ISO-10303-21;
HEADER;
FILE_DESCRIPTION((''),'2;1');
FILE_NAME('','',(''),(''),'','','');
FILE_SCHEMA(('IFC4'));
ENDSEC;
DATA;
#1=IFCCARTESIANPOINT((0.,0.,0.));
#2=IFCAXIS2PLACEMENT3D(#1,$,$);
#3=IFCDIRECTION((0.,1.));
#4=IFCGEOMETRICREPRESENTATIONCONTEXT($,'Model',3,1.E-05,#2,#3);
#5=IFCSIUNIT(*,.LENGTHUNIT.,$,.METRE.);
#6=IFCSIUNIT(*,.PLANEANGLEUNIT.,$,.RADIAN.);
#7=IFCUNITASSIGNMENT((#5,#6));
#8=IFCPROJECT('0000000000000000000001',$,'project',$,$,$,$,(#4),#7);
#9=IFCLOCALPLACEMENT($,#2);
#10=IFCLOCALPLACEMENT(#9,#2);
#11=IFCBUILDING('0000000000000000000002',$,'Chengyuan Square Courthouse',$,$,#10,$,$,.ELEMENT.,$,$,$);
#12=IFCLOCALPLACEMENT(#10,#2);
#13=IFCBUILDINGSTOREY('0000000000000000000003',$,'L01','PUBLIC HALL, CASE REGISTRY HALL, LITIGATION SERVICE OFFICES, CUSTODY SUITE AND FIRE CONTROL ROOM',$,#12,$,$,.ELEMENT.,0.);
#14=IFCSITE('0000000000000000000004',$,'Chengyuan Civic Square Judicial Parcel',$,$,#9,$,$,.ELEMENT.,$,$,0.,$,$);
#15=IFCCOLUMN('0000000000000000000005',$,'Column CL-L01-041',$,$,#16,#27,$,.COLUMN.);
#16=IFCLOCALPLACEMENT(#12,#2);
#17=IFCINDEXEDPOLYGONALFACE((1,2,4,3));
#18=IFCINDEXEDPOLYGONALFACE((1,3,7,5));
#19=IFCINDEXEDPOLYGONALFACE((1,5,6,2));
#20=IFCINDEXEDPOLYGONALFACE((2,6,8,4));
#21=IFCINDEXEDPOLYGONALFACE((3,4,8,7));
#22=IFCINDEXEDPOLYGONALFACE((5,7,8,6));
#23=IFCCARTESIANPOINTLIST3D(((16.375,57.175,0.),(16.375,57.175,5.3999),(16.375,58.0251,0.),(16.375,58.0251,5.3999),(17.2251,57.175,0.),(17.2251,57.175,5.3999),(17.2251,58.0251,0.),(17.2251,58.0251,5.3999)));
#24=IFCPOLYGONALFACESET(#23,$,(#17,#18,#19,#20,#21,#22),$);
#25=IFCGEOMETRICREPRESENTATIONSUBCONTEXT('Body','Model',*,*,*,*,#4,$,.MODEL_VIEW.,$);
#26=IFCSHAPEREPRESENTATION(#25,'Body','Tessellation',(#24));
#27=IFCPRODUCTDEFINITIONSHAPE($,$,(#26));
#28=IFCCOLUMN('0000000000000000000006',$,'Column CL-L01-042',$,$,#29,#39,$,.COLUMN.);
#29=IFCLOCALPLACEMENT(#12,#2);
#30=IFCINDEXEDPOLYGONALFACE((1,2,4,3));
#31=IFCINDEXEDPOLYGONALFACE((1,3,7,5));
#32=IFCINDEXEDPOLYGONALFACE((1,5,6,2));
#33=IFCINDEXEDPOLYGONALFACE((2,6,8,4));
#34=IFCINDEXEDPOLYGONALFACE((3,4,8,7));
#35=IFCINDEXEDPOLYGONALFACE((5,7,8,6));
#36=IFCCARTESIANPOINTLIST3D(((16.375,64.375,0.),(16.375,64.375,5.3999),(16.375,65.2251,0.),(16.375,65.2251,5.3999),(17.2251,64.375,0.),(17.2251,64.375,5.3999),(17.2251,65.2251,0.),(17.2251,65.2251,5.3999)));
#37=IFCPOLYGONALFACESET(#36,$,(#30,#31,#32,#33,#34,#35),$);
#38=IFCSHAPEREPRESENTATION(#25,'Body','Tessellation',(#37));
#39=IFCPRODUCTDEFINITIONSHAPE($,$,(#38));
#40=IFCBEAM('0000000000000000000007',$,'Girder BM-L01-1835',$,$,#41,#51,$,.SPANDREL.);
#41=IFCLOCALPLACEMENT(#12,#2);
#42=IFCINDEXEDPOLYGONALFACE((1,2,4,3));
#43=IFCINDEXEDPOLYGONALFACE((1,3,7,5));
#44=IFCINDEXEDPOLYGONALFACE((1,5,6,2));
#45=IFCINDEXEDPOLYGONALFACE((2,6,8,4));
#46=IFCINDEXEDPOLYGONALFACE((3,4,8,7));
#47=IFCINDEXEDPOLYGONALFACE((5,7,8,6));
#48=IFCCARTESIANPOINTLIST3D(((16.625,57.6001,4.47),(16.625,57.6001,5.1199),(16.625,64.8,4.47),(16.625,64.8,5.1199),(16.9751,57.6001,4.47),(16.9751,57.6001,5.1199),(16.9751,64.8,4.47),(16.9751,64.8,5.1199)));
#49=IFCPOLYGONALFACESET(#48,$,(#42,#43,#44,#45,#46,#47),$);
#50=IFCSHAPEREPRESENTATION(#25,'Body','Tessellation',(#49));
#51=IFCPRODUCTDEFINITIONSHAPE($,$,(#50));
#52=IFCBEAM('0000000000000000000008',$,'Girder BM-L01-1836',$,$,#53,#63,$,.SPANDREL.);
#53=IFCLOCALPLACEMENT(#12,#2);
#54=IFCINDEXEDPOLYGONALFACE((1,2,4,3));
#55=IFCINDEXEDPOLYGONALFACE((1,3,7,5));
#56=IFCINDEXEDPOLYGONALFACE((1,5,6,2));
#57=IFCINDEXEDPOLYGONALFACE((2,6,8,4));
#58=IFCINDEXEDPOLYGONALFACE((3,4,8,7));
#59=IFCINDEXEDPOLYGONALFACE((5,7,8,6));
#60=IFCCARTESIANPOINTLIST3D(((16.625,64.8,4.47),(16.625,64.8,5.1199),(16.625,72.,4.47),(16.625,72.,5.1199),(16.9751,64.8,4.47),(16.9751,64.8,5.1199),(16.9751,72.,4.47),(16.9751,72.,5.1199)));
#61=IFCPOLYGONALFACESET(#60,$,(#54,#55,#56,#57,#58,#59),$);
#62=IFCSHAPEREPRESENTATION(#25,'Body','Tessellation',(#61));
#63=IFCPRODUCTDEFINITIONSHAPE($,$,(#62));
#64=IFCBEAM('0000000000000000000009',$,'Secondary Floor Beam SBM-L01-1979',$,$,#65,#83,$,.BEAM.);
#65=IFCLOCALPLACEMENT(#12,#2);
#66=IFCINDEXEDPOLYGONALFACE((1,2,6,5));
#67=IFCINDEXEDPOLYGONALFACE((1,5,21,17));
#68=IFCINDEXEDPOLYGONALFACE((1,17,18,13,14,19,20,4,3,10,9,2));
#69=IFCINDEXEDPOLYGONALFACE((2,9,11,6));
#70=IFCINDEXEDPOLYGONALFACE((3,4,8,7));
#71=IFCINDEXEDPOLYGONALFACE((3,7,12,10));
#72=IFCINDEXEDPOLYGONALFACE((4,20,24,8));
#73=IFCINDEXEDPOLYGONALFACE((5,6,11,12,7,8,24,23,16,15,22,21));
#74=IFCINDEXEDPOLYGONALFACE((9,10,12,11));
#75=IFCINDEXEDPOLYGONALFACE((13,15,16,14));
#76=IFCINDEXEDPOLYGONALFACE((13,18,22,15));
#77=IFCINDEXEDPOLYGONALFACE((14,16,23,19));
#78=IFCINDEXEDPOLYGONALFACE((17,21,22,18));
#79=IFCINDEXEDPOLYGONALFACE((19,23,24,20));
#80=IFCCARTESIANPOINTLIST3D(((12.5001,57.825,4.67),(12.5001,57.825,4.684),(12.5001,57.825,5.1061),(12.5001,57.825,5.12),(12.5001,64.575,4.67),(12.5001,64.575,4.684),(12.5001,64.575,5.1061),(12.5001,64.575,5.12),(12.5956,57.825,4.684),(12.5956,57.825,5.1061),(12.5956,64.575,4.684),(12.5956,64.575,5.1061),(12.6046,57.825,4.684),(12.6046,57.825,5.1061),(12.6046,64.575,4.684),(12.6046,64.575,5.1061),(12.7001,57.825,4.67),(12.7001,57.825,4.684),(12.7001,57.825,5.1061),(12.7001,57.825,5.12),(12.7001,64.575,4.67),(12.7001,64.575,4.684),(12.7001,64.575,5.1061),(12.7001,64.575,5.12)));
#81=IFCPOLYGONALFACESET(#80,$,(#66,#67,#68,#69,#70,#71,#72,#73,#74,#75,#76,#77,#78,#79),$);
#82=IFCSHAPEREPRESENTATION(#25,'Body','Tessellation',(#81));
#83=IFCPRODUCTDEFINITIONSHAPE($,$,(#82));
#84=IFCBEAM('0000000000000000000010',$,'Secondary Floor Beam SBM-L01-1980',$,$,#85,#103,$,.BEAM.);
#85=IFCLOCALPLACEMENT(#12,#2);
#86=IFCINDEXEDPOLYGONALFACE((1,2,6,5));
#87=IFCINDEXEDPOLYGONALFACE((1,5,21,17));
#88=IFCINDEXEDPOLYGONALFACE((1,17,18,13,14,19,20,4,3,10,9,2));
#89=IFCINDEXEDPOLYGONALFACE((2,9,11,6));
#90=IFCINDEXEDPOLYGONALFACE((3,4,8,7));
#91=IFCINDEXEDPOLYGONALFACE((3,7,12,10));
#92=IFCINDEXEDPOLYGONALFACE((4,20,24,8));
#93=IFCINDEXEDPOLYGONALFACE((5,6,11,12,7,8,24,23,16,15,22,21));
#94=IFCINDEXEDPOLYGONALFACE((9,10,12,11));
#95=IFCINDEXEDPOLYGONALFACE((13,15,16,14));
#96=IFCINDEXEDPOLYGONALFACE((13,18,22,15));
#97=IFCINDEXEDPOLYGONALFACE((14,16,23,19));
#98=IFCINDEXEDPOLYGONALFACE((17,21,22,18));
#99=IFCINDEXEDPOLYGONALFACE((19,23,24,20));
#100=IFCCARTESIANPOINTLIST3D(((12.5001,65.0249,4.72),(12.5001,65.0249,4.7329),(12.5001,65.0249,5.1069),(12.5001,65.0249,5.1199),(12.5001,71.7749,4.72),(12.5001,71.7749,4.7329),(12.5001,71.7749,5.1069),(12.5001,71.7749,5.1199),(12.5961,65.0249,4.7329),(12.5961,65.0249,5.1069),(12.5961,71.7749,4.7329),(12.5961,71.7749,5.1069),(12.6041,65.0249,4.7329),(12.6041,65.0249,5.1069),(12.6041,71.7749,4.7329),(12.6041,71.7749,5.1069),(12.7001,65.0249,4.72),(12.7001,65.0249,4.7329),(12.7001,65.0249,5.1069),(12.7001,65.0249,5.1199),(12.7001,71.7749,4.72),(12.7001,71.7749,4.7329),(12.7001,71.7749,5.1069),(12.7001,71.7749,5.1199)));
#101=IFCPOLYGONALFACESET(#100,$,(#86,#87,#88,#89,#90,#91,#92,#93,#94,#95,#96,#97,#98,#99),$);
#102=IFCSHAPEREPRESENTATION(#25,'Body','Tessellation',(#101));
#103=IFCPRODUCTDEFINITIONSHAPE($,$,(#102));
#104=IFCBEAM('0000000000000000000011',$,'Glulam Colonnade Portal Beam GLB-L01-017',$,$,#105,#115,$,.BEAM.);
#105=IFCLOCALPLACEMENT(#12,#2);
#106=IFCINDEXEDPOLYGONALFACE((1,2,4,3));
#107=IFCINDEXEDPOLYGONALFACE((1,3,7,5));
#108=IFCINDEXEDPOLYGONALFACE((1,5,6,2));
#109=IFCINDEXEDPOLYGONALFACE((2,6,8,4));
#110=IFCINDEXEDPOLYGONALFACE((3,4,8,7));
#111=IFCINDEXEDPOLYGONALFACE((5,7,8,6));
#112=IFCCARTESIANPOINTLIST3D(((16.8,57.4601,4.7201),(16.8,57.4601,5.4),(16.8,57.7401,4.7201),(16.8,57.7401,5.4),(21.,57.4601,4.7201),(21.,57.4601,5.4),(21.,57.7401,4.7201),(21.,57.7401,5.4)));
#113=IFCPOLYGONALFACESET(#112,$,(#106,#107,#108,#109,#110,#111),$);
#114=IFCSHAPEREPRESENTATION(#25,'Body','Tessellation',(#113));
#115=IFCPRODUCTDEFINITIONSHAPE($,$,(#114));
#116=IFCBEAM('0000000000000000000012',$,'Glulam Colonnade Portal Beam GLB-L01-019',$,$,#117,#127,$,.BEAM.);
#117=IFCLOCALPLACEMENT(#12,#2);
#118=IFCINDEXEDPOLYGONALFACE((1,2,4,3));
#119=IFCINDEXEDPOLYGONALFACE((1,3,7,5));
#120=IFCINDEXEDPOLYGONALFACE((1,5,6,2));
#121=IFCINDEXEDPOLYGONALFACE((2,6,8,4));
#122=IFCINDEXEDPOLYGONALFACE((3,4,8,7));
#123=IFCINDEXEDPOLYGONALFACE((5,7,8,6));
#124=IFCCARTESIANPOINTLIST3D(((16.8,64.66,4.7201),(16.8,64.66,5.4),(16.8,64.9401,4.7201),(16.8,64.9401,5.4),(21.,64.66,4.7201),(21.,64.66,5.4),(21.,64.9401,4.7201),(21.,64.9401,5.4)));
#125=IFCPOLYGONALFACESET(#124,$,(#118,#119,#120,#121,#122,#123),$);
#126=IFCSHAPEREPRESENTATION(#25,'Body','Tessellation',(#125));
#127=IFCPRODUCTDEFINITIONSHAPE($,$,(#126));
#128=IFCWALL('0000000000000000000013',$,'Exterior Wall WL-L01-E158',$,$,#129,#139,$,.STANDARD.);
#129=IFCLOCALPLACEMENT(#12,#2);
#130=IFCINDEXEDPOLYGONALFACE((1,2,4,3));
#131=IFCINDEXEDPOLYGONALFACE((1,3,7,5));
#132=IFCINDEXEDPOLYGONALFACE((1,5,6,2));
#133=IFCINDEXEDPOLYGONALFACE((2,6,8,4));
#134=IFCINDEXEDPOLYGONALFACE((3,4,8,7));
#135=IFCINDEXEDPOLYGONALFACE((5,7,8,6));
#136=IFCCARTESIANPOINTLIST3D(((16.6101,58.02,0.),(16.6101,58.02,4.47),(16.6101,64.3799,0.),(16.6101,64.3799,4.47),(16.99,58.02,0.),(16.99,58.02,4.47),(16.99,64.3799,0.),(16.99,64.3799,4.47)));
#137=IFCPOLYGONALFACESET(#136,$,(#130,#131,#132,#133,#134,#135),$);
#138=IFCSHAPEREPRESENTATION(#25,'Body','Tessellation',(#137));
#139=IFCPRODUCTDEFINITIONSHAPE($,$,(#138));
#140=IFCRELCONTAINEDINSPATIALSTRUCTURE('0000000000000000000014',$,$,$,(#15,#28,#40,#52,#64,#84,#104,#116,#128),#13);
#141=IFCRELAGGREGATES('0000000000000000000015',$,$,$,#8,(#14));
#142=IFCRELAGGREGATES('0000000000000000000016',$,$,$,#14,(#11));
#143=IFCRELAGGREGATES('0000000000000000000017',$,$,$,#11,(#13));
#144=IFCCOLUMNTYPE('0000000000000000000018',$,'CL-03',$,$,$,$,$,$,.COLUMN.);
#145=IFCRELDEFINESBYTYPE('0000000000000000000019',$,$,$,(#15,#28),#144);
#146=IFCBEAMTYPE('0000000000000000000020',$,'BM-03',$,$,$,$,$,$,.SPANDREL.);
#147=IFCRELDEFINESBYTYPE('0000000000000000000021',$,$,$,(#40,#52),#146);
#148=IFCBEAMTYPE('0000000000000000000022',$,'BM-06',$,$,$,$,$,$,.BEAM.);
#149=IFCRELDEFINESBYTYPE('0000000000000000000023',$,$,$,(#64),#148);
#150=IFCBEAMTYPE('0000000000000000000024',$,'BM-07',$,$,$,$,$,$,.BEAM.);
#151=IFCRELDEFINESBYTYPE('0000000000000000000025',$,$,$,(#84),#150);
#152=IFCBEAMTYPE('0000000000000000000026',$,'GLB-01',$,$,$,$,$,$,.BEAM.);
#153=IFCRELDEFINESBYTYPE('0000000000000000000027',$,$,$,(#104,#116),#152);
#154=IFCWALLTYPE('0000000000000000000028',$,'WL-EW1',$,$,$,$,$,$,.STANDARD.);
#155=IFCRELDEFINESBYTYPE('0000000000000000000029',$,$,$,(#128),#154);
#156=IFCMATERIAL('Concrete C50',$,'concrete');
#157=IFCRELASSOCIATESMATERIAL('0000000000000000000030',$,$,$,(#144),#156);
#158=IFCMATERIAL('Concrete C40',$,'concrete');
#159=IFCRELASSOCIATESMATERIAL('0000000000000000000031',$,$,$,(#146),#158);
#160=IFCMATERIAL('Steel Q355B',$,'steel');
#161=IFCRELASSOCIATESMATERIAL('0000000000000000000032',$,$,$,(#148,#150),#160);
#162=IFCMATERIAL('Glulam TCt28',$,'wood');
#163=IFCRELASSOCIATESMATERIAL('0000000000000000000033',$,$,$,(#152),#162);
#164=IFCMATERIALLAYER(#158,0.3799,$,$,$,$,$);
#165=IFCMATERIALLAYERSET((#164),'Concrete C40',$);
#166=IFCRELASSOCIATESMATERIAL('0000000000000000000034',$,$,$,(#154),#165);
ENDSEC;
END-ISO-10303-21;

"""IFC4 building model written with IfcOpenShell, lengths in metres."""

from ifc_helpers import new_model, si_unit, direction, frame, frame_2d, origin, origin_2d, place, context, subcontext, project, spatial, rectangle, i_section, extrude, material, layer, layer_set, material_profile, profile_set, type_object, element, save


model = new_model("IFC4")

# Units and contexts
model_context = context("Model", 3, precision=1e-05, world=origin(), true_north=direction((0.0, 1.0)))
body_context = subcontext(model_context, "Body", "Model", "MODEL_VIEW")
ifc_project = project(units=[si_unit("LENGTHUNIT", "METRE"), si_unit("PLANEANGLEUNIT", "RADIAN")], contexts=[model_context])

# Site, building, storey
site_placement = place(None, origin())
site = spatial("IfcSite", under=ifc_project, at=site_placement, Name="Chengyuan Civic Square Judicial Parcel", CompositionType="ELEMENT", RefElevation=0.0)
building_placement = place(site_placement, origin())
building = spatial("IfcBuilding", under=site, at=building_placement, Name="Chengyuan Square Courthouse", CompositionType="ELEMENT")
storey_placement = place(building_placement, origin())
storey = spatial("IfcBuildingStorey", under=building, at=storey_placement, Name="L01", Description="PUBLIC HALL, CASE REGISTRY HALL, LITIGATION SERVICE OFFICES, CUSTODY SUITE AND FIRE CONTROL ROOM", CompositionType="ELEMENT", Elevation=0.0)

# Columns
ifc_material_1 = material(Name="Concrete C50", Category="concrete")
ifc_material_profile_1 = material_profile(ifc_material_1, rectangle(XDim=0.8501, YDim=0.8501, at=origin_2d()), Name="RC-COL-850x850")
ifc_profile_set_1 = profile_set([ifc_material_profile_1], Name="Concrete C50")
column_type = type_object("IfcColumnType", Name="CL-03", PredefinedType="COLUMN", material=ifc_profile_set_1)
for number, where, z_axis, x_axis, name in (
    (1, (16.8, 57.6001, 0.0), (0.0, 0.0, 1.0), (1.0, 0.0, 0.0), "Column CL-L01-041"),
    (2, (16.8, 64.8, 0.0), (0.0, 0.0, 1.0), (1.0, 0.0, 0.0), "Column CL-L01-042"),
):
    element("IfcColumn", number, at=place(storey_placement, frame(where, z_axis=z_axis, x_axis=x_axis)), inside=storey, type_object=column_type, Name=name, PredefinedType="COLUMN", context=body_context, shape_type="SweptSolid", body=[
        extrude(rectangle(XDim=0.8501, YDim=0.8501, at=origin_2d()), origin(), (0.0, 0.0, 1.0), 5.3999),
    ])

# Beams
ifc_material_2 = material(Name="Concrete C40", Category="concrete")
ifc_material_profile_2 = material_profile(ifc_material_2, rectangle(XDim=0.3501, YDim=0.6499, at=origin_2d()), Name="RC-BM-350x650")
ifc_profile_set_2 = profile_set([ifc_material_profile_2], Name="Concrete C40")
beam_type_1 = type_object("IfcBeamType", Name="BM-03", PredefinedType="SPANDREL", material=ifc_profile_set_2)
for number, where, z_axis, x_axis, name in (
    (3, (16.8, 57.6001, 4.7949), (0.0, 1.0, 0.0), (-1.0, 0.0, 0.0), "Girder BM-L01-1835"),
    (4, (16.8, 64.8, 4.7949), (0.0, 1.0, 0.0), (-1.0, 0.0, 0.0), "Girder BM-L01-1836"),
):
    element("IfcBeam", number, at=place(storey_placement, frame(where, z_axis=z_axis, x_axis=x_axis)), inside=storey, type_object=beam_type_1, Name=name, PredefinedType="SPANDREL", context=body_context, shape_type="SweptSolid", body=[
        extrude(rectangle(XDim=0.3501, YDim=0.6499, at=origin_2d()), origin(), (0.0, 0.0, 1.0), 7.2),
    ])
ifc_material_3 = material(Name="Steel Q355B", Category="steel")
ifc_material_profile_3 = material_profile(ifc_material_3, i_section(OverallWidth=0.2, OverallDepth=0.45, WebThickness=0.009, FlangeThickness=0.0139, at=origin_2d()), Name="HN 450x200x9x14")
ifc_profile_set_3 = profile_set([ifc_material_profile_3], Name="Steel Q355B")
beam_type_2 = type_object("IfcBeamType", Name="BM-06", PredefinedType="BEAM", material=ifc_profile_set_3)
beam_1_placement = place(storey_placement, frame((12.6001, 57.825, 4.895), z_axis=(0.0, 1.0, 0.0), x_axis=(-1.0, 0.0, 0.0)))
element("IfcBeam", 5, at=beam_1_placement, inside=storey, type_object=beam_type_2, Name="Secondary Floor Beam SBM-L01-1979", PredefinedType="BEAM", context=body_context, shape_type="SweptSolid", body=[
    extrude(i_section(OverallWidth=0.2, OverallDepth=0.45, WebThickness=0.009, FlangeThickness=0.0139, at=origin_2d()), origin(), (0.0, 0.0, 1.0), 6.75),
])
ifc_material_profile_4 = material_profile(ifc_material_3, i_section(OverallWidth=0.2, OverallDepth=0.3999, WebThickness=0.0081, FlangeThickness=0.0129, at=origin_2d()), Name="HN 400x200x8x13")
ifc_profile_set_4 = profile_set([ifc_material_profile_4], Name="Steel Q355B")
beam_type_3 = type_object("IfcBeamType", Name="BM-07", PredefinedType="BEAM", material=ifc_profile_set_4)
beam_2_placement = place(storey_placement, frame((12.6001, 65.0249, 4.9199), z_axis=(0.0, 1.0, 0.0), x_axis=(-1.0, 0.0, 0.0)))
element("IfcBeam", 6, at=beam_2_placement, inside=storey, type_object=beam_type_3, Name="Secondary Floor Beam SBM-L01-1980", PredefinedType="BEAM", context=body_context, shape_type="SweptSolid", body=[
    extrude(i_section(OverallWidth=0.2, OverallDepth=0.3999, WebThickness=0.0081, FlangeThickness=0.0129, at=origin_2d()), origin(), (0.0, 0.0, 1.0), 6.75),
])
ifc_material_4 = material(Name="Glulam TCt28", Category="wood")
ifc_material_profile_5 = material_profile(ifc_material_4, rectangle(XDim=0.28, YDim=0.6799, at=origin_2d()), Name="GL-BM-280x680")
ifc_profile_set_5 = profile_set([ifc_material_profile_5], Name="Glulam TCt28")
beam_type_4 = type_object("IfcBeamType", Name="GLB-01", PredefinedType="BEAM", material=ifc_profile_set_5)
for number, where, z_axis, x_axis, name in (
    (7, (16.8, 57.6001, 5.0601), (1.0, 0.0, 0.0), (0.0, 1.0, 0.0), "Glulam Colonnade Portal Beam GLB-L01-017"),
    (8, (16.8, 64.8, 5.0601), (1.0, 0.0, 0.0), (0.0, 1.0, 0.0), "Glulam Colonnade Portal Beam GLB-L01-019"),
):
    element("IfcBeam", number, at=place(storey_placement, frame(where, z_axis=z_axis, x_axis=x_axis)), inside=storey, type_object=beam_type_4, Name=name, PredefinedType="BEAM", context=body_context, shape_type="SweptSolid", body=[
        extrude(rectangle(XDim=0.28, YDim=0.6799, at=origin_2d()), origin(), (0.0, 0.0, 1.0), 4.2),
    ])

# Wall
ifc_layer_1 = layer(ifc_material_2, 0.3799)
ifc_layer_set_1 = layer_set([ifc_layer_1], Name="Concrete C40")
wall_type_1 = type_object("IfcWallType", Name="WL-EW1", PredefinedType="STANDARD", material=ifc_layer_set_1)
wall_1_placement = place(storey_placement, frame((16.8, 58.02, 0.0), z_axis=(0.0, 0.0, 1.0), x_axis=(0.0, 1.0, 0.0)))
element("IfcWall", 9, at=wall_1_placement, inside=storey, type_object=wall_type_1, Name="Exterior Wall WL-L01-E158", PredefinedType="STANDARD", context=body_context, shape_type="SweptSolid", body=[
    extrude(rectangle(XDim=6.3599, YDim=0.3799, at=frame_2d((3.1799, 0.0))), origin(), (0.0, 0.0, 1.0), 4.47),
])

save(model, "model.ifc")
